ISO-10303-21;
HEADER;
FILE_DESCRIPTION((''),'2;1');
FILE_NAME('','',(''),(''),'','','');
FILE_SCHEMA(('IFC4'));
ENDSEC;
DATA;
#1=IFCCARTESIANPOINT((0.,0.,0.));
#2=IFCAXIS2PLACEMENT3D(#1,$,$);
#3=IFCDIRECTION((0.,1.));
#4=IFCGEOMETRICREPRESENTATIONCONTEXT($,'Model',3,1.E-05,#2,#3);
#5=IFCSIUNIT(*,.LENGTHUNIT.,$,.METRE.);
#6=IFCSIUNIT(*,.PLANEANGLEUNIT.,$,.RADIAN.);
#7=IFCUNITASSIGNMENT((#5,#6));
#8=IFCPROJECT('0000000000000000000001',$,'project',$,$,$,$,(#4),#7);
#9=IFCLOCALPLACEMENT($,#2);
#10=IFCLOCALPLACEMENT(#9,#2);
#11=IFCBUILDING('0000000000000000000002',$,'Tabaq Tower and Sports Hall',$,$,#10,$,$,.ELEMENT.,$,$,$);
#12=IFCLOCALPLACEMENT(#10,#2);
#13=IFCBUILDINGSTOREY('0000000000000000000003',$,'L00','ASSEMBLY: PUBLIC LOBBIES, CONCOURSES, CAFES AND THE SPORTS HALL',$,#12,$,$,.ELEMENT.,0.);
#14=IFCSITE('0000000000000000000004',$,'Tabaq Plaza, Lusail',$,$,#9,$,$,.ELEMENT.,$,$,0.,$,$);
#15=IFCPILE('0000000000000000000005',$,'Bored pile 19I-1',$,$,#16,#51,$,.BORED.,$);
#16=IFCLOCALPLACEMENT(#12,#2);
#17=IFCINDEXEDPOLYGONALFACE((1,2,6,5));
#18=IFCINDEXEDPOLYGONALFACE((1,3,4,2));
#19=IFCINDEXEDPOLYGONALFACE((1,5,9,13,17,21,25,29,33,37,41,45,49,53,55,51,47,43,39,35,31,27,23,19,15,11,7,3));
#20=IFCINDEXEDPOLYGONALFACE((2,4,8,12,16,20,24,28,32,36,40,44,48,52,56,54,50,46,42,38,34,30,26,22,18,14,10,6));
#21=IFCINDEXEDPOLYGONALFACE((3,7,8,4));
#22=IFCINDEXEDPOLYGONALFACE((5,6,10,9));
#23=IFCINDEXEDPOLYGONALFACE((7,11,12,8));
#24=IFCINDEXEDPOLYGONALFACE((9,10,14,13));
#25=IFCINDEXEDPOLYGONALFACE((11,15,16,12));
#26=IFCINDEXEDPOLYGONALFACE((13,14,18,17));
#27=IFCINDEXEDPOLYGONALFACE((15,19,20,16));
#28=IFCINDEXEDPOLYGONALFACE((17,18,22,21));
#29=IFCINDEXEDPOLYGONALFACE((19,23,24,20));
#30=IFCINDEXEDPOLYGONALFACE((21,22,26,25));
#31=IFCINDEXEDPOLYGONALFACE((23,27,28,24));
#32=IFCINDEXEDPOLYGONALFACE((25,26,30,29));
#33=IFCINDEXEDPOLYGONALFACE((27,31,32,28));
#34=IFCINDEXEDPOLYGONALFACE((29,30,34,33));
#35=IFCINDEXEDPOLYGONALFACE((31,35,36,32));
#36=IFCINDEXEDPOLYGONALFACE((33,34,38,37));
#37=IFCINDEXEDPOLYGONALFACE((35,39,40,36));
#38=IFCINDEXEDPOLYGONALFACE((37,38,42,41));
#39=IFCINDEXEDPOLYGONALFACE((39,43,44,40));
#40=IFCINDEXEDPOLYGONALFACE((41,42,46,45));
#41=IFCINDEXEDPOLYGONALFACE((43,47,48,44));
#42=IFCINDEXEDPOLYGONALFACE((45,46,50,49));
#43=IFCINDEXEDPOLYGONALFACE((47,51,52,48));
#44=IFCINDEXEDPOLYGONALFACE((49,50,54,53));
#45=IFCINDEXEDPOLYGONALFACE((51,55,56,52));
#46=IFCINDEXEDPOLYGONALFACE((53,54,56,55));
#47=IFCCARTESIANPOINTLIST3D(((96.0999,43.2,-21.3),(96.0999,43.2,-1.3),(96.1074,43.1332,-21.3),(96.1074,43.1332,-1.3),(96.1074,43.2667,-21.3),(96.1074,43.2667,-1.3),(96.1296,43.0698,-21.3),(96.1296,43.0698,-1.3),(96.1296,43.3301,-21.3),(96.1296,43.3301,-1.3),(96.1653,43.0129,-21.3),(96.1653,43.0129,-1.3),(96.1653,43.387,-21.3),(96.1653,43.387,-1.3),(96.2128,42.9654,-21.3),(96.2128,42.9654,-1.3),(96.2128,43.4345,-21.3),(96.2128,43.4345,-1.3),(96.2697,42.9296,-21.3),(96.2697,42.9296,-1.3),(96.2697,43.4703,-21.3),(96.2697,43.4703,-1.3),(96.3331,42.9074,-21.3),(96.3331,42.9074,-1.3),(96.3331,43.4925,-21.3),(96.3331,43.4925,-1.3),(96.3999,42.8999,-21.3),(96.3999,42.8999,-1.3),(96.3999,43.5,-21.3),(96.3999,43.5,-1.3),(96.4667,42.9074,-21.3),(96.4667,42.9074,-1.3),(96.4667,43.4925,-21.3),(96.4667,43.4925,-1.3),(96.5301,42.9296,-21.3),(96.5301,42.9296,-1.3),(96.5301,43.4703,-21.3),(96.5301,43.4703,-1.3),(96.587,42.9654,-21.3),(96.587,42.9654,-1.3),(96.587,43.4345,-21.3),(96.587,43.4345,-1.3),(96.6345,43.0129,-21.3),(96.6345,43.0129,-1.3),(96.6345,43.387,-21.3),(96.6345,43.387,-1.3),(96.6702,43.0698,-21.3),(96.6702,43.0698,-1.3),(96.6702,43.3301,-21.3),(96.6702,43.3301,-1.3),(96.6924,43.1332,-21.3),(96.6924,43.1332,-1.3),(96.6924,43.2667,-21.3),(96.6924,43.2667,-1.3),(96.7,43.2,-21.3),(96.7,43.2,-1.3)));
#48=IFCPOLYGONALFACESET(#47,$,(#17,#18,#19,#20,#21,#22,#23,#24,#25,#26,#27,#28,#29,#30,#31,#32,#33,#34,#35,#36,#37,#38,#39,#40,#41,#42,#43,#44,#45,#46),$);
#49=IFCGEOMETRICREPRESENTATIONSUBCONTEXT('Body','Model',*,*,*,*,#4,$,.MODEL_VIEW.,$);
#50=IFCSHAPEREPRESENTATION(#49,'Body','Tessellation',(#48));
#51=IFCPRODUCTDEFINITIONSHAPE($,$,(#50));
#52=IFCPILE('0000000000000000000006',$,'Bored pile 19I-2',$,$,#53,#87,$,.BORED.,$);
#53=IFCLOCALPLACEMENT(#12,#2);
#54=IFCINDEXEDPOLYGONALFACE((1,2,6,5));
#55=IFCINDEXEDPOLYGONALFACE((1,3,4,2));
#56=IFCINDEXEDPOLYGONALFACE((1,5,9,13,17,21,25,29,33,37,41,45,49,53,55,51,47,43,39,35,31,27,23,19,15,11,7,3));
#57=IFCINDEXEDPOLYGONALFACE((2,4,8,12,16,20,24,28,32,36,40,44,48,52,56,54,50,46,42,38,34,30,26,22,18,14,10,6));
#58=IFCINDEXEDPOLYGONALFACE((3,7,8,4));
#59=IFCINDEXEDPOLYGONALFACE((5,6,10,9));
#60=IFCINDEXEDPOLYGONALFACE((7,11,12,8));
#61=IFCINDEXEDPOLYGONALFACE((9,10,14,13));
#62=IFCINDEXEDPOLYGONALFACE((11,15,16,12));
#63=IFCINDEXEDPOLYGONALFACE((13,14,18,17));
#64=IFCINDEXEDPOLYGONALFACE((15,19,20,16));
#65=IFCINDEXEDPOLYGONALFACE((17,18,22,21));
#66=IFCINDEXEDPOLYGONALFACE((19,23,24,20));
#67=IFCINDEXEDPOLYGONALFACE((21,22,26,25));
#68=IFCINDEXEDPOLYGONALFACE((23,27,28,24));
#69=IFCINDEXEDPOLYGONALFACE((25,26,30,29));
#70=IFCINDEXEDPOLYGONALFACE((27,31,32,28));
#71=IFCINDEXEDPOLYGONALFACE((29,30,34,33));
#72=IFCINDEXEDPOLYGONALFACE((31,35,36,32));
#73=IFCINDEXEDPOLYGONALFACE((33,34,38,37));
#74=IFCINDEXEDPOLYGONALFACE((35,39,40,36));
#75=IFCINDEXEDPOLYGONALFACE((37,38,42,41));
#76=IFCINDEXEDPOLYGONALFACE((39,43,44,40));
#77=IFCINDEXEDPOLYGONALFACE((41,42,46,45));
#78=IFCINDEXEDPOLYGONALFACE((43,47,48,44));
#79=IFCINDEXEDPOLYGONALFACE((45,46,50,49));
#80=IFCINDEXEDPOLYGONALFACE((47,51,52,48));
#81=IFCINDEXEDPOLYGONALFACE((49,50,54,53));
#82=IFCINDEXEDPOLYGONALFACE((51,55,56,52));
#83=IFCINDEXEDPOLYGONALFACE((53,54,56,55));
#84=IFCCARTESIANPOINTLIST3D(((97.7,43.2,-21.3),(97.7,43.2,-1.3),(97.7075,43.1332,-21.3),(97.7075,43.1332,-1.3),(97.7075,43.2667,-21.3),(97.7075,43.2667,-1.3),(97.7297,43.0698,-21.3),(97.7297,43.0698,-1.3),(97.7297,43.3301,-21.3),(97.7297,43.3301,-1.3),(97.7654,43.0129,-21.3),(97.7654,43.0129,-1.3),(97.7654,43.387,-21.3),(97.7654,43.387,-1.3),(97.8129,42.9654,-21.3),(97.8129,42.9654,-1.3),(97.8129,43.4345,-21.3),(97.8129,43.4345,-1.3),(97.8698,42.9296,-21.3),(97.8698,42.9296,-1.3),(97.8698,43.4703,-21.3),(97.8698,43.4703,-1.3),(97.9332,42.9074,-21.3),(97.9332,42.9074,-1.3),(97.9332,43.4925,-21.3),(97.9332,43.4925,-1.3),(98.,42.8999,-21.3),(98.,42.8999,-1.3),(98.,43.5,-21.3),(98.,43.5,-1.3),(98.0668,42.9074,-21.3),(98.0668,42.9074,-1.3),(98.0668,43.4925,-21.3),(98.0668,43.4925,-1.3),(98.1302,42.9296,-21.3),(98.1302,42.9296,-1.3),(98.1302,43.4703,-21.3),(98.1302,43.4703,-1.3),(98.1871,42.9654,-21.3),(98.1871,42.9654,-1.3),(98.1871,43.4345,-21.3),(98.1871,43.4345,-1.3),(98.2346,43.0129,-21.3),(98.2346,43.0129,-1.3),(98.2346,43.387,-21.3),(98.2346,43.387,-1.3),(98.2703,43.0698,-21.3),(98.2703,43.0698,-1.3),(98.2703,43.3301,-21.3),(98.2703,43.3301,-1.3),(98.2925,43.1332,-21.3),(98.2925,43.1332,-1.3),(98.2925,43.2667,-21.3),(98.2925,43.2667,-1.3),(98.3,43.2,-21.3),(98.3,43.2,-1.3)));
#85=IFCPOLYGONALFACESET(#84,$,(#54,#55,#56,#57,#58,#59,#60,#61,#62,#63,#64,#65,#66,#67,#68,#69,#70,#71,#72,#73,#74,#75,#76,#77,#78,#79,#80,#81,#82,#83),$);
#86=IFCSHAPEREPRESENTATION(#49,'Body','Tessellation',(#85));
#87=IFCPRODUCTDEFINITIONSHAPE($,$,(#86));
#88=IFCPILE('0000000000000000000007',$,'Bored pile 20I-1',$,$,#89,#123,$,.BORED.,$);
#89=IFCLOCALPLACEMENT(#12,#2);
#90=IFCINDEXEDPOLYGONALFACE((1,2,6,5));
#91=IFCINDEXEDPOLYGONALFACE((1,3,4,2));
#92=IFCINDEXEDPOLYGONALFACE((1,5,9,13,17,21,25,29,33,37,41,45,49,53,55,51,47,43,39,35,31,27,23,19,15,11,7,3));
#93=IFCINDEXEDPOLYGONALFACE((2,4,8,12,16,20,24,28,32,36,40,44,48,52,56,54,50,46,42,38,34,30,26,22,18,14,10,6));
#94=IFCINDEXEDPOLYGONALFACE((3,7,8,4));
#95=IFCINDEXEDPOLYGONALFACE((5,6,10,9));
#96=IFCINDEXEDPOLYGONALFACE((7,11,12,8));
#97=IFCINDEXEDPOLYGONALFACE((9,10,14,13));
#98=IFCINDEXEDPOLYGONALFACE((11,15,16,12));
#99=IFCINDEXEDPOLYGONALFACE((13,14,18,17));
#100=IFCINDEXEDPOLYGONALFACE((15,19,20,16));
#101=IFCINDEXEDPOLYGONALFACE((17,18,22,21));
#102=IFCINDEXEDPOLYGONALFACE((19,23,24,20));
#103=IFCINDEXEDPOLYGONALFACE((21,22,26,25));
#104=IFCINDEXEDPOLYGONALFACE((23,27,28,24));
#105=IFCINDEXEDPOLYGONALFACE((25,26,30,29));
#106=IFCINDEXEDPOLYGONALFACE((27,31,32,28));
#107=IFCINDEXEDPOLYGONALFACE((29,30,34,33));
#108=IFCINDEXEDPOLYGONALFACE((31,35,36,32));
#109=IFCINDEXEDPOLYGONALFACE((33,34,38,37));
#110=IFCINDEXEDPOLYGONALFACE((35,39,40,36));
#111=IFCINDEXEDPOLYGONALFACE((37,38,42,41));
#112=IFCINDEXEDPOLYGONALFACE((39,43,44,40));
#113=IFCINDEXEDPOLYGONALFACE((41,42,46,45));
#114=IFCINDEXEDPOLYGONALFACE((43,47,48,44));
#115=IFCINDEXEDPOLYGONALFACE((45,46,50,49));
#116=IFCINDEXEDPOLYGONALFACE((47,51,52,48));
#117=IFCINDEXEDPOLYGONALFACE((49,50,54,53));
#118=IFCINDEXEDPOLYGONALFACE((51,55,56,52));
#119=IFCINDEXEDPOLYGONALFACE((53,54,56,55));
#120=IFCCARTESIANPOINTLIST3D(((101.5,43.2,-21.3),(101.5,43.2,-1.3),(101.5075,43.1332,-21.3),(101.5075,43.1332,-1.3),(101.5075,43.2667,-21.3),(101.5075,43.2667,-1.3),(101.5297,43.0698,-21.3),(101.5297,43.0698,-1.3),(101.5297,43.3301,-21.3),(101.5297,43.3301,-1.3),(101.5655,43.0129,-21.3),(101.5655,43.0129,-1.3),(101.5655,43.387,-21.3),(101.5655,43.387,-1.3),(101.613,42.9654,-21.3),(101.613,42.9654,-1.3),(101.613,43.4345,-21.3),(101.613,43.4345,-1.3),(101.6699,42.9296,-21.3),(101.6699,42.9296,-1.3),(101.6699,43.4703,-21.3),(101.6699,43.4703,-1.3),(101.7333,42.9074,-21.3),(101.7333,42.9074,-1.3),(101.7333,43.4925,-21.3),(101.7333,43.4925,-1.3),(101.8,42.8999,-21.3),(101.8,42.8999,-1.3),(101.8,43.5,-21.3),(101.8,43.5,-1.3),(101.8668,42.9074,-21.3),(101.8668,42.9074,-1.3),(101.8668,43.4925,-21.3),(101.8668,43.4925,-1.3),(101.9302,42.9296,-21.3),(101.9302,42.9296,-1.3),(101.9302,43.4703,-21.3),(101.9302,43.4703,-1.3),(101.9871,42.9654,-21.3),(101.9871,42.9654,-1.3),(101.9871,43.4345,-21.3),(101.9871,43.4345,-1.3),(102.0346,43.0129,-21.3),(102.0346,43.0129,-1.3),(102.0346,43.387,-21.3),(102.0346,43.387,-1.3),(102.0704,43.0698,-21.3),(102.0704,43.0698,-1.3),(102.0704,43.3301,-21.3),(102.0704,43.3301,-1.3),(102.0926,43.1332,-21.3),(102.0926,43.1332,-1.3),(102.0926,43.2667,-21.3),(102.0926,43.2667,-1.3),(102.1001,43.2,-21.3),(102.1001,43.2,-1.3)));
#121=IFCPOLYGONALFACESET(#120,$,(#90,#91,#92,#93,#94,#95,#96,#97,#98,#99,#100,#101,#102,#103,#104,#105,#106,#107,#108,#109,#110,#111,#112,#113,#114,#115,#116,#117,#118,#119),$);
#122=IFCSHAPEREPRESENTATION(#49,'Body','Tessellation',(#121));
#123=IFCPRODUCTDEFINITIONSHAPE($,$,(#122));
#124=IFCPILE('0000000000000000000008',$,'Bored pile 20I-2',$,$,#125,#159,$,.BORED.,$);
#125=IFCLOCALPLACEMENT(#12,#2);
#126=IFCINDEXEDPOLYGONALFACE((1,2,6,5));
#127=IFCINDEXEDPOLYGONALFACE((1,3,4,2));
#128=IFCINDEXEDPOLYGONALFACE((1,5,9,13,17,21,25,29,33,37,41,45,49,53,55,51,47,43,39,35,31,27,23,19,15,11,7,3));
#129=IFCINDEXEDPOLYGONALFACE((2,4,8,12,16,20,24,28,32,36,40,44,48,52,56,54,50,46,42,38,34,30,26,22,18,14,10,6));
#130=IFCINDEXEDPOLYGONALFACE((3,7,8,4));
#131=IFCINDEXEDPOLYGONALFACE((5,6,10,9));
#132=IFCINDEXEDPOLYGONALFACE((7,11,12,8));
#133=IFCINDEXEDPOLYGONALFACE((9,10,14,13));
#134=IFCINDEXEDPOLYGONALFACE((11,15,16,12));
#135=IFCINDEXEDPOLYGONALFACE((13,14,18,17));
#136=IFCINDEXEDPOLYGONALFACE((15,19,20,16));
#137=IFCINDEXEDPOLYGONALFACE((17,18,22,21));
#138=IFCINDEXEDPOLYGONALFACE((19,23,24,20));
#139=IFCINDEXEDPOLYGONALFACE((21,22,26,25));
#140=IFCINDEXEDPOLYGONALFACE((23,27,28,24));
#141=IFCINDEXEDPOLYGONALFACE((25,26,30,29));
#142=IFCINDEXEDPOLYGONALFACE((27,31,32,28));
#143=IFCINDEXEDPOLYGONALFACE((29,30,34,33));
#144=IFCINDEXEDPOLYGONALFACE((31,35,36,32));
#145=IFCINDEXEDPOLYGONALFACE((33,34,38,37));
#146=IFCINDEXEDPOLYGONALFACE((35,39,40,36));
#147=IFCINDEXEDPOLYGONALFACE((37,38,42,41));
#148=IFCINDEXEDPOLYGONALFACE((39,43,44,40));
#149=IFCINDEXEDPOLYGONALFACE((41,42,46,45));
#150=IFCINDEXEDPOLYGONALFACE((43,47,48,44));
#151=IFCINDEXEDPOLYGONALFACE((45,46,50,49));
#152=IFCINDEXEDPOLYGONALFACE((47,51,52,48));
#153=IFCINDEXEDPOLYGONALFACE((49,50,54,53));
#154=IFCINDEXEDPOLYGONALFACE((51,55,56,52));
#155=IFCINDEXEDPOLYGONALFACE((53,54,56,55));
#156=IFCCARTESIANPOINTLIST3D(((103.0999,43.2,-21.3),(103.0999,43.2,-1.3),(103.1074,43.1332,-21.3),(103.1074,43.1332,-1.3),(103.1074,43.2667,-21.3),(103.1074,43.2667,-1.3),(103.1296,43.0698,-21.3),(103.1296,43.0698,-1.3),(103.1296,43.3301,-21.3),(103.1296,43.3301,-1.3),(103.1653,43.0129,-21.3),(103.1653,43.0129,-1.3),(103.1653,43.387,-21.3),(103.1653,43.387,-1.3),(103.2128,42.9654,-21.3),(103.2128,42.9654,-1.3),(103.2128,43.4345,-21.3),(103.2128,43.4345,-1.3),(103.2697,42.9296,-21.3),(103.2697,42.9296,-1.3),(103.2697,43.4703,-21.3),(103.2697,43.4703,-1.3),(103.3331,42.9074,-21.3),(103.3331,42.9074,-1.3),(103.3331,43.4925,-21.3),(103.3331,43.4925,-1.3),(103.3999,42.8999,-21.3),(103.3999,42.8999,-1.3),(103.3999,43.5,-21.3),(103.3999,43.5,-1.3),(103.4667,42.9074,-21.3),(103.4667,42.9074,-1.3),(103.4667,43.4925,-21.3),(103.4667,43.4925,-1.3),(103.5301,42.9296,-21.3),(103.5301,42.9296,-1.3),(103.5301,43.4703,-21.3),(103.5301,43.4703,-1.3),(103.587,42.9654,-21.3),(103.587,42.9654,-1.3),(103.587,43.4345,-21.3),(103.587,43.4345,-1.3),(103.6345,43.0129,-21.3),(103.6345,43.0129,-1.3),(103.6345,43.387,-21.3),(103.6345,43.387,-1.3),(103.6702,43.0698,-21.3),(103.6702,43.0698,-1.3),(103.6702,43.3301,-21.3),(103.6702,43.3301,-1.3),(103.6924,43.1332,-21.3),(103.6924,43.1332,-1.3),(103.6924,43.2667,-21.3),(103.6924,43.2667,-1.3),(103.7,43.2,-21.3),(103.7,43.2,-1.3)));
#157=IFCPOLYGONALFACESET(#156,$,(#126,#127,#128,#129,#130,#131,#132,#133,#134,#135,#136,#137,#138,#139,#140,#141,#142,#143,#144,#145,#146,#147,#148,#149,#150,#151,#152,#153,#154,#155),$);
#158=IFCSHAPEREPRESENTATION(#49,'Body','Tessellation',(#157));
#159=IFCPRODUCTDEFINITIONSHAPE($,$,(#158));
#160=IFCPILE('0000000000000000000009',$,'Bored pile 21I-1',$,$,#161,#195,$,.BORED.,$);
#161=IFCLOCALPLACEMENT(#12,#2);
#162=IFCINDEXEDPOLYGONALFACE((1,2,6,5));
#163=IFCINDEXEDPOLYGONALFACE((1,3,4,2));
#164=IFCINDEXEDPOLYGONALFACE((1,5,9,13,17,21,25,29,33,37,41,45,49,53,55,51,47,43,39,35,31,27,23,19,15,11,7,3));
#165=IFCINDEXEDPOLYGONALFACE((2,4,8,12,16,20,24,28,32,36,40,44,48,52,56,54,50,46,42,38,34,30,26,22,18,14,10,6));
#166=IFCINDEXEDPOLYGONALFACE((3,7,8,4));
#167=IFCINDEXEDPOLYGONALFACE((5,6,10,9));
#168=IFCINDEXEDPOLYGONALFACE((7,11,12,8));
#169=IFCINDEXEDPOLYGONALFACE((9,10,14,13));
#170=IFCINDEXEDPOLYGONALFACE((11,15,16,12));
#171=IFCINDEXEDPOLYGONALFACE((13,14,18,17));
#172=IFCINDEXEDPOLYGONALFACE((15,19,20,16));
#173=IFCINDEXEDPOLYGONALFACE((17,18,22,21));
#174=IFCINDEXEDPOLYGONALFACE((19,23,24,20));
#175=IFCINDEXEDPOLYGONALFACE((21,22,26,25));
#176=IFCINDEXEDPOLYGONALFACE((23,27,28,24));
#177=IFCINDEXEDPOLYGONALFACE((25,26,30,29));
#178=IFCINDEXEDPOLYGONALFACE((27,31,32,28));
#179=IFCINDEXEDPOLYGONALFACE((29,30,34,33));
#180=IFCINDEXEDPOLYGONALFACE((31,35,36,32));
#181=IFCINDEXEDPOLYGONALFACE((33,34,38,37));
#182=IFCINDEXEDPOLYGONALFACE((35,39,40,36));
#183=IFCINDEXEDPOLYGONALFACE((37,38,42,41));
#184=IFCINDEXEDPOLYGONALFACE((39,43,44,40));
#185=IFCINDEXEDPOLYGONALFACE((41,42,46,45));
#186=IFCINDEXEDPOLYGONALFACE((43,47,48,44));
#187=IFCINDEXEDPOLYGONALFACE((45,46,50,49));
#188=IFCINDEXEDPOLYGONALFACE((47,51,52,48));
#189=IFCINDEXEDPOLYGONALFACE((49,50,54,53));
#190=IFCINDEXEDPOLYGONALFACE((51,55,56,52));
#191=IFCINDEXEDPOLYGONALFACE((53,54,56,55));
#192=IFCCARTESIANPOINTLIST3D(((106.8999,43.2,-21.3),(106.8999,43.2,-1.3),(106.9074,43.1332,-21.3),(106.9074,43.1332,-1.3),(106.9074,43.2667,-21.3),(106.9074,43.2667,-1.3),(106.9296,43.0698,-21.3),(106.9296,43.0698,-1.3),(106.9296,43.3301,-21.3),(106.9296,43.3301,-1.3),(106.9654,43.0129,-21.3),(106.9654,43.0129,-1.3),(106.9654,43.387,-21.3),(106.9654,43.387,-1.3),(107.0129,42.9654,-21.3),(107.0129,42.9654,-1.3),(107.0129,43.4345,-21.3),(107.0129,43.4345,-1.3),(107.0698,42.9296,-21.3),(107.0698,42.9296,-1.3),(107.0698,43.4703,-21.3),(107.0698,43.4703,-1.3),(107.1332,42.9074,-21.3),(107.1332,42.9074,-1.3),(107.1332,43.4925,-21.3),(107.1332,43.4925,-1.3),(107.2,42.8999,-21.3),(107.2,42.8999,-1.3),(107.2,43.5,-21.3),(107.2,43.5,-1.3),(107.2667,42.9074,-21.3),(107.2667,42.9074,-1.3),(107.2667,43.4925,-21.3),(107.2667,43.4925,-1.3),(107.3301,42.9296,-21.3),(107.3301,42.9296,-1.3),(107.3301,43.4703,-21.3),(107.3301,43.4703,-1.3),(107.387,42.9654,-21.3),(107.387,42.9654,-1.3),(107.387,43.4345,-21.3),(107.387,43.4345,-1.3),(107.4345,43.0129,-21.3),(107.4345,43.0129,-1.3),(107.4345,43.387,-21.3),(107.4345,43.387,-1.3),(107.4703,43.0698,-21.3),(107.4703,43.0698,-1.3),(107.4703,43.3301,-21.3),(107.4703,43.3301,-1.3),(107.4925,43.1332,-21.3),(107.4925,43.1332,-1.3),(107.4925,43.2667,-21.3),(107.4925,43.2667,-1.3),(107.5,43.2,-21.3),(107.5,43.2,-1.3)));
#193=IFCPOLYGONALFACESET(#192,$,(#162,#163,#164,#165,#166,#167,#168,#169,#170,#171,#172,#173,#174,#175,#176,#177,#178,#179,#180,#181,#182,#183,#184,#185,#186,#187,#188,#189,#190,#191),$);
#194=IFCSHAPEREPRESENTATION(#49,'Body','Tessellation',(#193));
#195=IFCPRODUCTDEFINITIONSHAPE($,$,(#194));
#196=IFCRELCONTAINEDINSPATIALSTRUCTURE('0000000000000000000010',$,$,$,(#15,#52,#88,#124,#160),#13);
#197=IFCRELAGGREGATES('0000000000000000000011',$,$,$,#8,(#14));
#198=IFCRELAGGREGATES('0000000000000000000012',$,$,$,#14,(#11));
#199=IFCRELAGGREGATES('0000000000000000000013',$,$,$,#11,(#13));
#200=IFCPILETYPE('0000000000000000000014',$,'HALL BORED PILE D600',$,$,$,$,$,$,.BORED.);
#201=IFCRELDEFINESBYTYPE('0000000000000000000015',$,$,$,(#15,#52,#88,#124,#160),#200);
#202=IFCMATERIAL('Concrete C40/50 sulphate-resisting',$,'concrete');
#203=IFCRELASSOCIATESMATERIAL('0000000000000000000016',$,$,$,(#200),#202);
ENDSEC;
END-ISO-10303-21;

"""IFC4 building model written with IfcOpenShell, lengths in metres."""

from ifc_helpers import new_model, si_unit, direction, frame, origin, origin_2d, place, context, subcontext, project, spatial, circle, extrude, material, material_profile, profile_set, type_object, element, save


model = new_model("IFC4")

# Units and contexts
model_context = context("Model", 3, precision=1e-05, world=origin(), true_north=direction((0.0, 1.0)))
body_context = subcontext(model_context, "Body", "Model", "MODEL_VIEW")
ifc_project = project(units=[si_unit("LENGTHUNIT", "METRE"), si_unit("PLANEANGLEUNIT", "RADIAN")], contexts=[model_context])

# Site, building, storey
site_placement = place(None, origin())
site = spatial("IfcSite", under=ifc_project, at=site_placement, Name="Tabaq Plaza, Lusail", CompositionType="ELEMENT", RefElevation=0.0)
building_placement = place(site_placement, origin())
building = spatial("IfcBuilding", under=site, at=building_placement, Name="Tabaq Tower and Sports Hall", CompositionType="ELEMENT")
storey_placement = place(building_placement, origin())
storey = spatial("IfcBuildingStorey", under=building, at=storey_placement, Name="L00", Description="ASSEMBLY: PUBLIC LOBBIES, CONCOURSES, CAFES AND THE SPORTS HALL", CompositionType="ELEMENT", Elevation=0.0)

# Piles
ifc_material_1 = material(Name="Concrete C40/50 sulphate-resisting", Category="concrete")
ifc_material_profile_1 = material_profile(ifc_material_1, circle(Radius=0.3, at=origin_2d()), Name="D600")
ifc_profile_set_1 = profile_set([ifc_material_profile_1], Name="Concrete C40/50 sulphate-resisting")
pile_type = type_object("IfcPileType", Name="HALL BORED PILE D600", PredefinedType="BORED", material=ifc_profile_set_1)
for number, where, z_axis, x_axis, name in (
    (1, (96.3999, 43.2, -1.3), (0.0, 0.0, -1.0), (1.0, 0.0, 0.0), "Bored pile 19I-1"),
    (2, (98.0, 43.2, -1.3), (0.0, 0.0, -1.0), (1.0, 0.0, 0.0), "Bored pile 19I-2"),
    (3, (101.8, 43.2, -1.3), (0.0, 0.0, -1.0), (1.0, 0.0, 0.0), "Bored pile 20I-1"),
    (4, (103.3999, 43.2, -1.3), (0.0, 0.0, -1.0), (1.0, 0.0, 0.0), "Bored pile 20I-2"),
    (5, (107.2, 43.2, -1.3), (0.0, 0.0, -1.0), (1.0, 0.0, 0.0), "Bored pile 21I-1"),
):
    element("IfcPile", number, at=place(storey_placement, frame(where, z_axis=z_axis, x_axis=x_axis)), inside=storey, type_object=pile_type, Name=name, PredefinedType="BORED", context=body_context, shape_type="SweptSolid", body=[
        extrude(circle(Radius=0.3, at=origin_2d()), origin(), (0.0, 0.0, 1.0), 20.0),
    ])

save(model, "model.ifc")
